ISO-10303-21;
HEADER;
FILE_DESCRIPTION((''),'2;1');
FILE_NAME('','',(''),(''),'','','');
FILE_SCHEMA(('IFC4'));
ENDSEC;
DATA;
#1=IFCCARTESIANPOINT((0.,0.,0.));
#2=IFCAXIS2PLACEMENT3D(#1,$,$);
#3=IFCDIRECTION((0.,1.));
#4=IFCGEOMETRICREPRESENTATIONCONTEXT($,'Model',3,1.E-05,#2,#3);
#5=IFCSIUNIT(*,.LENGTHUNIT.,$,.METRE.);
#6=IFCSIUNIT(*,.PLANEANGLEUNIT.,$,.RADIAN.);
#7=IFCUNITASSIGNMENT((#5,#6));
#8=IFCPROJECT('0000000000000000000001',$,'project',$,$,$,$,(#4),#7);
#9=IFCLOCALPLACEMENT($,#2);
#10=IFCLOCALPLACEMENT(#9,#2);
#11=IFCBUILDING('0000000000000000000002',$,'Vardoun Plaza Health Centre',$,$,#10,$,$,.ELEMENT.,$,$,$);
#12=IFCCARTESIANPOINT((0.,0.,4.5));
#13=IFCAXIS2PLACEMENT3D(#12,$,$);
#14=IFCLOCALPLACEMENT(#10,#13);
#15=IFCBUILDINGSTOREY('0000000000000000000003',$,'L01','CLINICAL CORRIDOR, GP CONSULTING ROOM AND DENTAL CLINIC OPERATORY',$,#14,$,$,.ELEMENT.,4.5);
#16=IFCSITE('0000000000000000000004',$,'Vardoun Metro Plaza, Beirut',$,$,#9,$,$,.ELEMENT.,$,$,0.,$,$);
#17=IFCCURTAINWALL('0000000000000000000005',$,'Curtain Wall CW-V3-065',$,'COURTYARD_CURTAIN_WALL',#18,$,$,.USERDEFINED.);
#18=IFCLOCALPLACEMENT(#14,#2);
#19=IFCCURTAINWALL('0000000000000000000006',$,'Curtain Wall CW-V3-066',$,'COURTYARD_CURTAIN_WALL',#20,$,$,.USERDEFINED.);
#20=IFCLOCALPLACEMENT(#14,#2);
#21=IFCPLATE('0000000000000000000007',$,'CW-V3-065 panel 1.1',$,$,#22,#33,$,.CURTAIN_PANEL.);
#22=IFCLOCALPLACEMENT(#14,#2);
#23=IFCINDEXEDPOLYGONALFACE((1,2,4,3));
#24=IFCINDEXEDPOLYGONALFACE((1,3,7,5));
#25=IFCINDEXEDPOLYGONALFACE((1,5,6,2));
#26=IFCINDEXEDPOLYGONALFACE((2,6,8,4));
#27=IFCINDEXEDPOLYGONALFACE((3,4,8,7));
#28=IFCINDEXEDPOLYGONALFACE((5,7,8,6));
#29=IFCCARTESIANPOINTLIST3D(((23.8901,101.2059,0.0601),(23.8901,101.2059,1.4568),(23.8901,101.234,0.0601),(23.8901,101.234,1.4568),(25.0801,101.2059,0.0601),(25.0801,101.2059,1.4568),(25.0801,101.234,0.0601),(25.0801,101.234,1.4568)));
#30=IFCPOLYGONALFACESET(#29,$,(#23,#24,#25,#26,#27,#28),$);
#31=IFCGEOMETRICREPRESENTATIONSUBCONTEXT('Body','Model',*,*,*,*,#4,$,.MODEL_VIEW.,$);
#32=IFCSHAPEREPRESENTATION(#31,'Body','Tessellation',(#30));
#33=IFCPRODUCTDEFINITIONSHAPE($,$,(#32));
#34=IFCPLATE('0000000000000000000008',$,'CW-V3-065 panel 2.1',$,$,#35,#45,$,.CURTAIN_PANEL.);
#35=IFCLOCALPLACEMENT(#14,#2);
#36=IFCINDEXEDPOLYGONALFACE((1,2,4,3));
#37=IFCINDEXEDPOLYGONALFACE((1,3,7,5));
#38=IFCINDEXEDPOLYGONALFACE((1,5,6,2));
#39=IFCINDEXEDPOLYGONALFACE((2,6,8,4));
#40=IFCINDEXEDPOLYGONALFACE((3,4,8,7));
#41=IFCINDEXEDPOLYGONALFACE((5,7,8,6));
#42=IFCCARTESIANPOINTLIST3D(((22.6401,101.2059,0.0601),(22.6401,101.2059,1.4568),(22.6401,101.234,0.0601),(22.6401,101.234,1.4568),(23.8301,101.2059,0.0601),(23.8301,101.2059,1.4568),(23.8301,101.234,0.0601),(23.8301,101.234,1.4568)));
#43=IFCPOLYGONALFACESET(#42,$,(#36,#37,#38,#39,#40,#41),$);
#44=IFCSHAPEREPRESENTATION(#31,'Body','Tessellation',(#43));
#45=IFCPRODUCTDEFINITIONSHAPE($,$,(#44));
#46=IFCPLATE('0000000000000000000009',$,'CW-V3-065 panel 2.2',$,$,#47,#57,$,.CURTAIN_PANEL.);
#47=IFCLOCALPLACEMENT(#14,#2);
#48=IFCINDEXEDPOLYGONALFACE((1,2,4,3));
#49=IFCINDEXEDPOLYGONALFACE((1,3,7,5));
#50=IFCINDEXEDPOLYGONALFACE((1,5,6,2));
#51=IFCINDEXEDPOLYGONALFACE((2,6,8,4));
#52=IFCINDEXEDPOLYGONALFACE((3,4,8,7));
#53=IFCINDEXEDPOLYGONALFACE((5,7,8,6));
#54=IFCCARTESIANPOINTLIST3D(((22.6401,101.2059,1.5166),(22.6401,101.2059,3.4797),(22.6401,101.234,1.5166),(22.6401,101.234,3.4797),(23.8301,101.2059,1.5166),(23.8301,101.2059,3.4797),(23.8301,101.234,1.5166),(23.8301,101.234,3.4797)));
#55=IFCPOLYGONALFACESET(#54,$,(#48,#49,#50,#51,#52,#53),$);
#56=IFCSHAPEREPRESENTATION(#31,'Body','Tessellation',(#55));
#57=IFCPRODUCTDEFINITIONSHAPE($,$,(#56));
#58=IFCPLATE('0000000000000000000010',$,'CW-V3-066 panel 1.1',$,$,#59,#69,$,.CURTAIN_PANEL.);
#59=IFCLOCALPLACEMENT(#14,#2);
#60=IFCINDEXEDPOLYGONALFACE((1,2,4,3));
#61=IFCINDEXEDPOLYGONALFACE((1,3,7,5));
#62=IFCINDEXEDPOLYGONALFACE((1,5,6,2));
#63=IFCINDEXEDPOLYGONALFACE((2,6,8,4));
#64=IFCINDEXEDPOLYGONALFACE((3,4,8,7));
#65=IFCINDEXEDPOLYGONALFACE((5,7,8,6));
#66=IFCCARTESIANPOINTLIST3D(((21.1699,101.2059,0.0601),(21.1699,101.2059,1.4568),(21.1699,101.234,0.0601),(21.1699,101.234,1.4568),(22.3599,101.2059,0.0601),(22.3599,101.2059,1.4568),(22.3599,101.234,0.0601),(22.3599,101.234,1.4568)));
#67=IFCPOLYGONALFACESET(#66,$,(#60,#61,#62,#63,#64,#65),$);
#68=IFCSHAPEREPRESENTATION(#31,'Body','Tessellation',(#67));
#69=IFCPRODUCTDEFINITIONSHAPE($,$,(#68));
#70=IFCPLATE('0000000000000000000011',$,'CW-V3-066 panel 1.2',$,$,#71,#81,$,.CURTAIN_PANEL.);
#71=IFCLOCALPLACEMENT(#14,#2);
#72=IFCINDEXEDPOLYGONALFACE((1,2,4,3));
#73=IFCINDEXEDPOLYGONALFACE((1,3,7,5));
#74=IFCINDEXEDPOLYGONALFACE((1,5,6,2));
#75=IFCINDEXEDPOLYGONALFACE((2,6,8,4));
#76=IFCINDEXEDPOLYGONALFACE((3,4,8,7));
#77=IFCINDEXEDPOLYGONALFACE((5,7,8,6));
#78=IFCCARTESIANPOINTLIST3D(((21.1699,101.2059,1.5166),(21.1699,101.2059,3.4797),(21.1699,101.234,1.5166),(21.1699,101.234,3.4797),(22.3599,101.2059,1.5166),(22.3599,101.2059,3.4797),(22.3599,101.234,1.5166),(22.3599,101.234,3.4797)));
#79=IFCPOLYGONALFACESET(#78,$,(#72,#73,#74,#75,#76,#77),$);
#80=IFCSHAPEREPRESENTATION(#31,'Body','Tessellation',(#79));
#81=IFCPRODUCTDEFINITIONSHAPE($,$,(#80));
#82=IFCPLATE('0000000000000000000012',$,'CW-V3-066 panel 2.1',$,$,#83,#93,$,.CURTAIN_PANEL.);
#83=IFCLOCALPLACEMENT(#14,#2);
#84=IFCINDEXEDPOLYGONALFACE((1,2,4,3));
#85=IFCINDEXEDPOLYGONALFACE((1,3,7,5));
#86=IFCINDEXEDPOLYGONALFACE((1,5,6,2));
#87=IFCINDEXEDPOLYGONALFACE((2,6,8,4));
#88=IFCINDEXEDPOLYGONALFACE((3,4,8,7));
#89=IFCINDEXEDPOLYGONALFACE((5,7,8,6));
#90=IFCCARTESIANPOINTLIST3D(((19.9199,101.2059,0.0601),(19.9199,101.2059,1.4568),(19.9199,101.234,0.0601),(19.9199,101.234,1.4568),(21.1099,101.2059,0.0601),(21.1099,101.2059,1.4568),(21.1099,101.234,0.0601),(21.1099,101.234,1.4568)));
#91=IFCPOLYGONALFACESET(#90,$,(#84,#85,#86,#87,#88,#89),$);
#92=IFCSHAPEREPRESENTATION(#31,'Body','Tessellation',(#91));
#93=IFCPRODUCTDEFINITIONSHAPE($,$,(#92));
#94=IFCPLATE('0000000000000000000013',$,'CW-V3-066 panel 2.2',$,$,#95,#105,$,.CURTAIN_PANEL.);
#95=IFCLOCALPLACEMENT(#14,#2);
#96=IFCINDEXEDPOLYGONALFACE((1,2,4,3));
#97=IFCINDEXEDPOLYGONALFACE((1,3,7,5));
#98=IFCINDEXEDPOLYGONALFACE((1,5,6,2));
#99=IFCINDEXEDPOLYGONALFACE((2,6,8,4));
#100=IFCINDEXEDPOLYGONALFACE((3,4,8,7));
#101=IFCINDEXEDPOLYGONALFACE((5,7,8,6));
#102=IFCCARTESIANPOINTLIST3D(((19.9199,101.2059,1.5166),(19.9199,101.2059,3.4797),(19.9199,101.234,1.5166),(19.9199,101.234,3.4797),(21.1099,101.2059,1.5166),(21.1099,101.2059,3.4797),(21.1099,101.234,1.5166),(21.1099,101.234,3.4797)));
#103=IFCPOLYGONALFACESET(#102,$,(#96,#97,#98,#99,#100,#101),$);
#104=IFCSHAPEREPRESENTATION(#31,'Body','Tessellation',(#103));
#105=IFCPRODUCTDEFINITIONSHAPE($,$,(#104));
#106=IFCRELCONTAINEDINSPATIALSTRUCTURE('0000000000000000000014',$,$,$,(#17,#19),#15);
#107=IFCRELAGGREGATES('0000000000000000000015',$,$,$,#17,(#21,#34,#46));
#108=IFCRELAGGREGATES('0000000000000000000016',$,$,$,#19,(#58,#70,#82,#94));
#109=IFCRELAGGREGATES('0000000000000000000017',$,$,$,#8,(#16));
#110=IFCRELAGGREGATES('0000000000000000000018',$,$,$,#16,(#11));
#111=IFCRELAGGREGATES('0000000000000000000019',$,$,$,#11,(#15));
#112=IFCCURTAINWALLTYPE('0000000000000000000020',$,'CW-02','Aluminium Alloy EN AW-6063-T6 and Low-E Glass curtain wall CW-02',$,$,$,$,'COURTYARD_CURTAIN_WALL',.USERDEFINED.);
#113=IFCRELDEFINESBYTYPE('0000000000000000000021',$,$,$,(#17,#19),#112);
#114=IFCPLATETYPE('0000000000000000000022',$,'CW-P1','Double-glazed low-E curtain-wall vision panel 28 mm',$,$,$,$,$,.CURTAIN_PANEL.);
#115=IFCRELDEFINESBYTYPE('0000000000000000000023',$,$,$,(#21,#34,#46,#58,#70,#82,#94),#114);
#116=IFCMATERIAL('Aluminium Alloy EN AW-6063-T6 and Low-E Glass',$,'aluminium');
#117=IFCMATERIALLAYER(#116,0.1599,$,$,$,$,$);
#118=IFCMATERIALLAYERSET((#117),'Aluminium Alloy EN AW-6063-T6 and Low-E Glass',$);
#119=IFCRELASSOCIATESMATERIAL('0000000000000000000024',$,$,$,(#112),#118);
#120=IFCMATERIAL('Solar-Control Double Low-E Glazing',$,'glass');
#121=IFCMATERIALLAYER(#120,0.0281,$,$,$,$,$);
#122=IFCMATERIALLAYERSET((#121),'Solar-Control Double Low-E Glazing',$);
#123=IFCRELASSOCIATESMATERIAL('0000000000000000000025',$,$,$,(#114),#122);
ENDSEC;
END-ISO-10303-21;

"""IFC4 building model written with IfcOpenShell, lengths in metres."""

from ifc_helpers import new_model, si_unit, direction, frame, origin, origin_2d, place, context, subcontext, project, spatial, rectangle, extrude, material, layer, layer_set, type_object, element, aggregate, save


model = new_model("IFC4")

# Units and contexts
model_context = context("Model", 3, precision=1e-05, world=origin(), true_north=direction((0.0, 1.0)))
body_context = subcontext(model_context, "Body", "Model", "MODEL_VIEW")
ifc_project = project(units=[si_unit("LENGTHUNIT", "METRE"), si_unit("PLANEANGLEUNIT", "RADIAN")], contexts=[model_context])

# Site, building, storey
site_placement = place(None, origin())
site = spatial("IfcSite", under=ifc_project, at=site_placement, Name="Vardoun Metro Plaza, Beirut", CompositionType="ELEMENT", RefElevation=0.0)
building_placement = place(site_placement, origin())
building = spatial("IfcBuilding", under=site, at=building_placement, Name="Vardoun Plaza Health Centre", CompositionType="ELEMENT")
storey_placement = place(building_placement, frame((0.0, 0.0, 4.5)))
storey = spatial("IfcBuildingStorey", under=building, at=storey_placement, Name="L01", Description="CLINICAL CORRIDOR, GP CONSULTING ROOM AND DENTAL CLINIC OPERATORY", CompositionType="ELEMENT", Elevation=4.5)

# Curtain walls
ifc_material_1 = material(Name="Aluminium Alloy EN AW-6063-T6 and Low-E Glass", Category="aluminium")
ifc_layer_1 = layer(ifc_material_1, 0.1599)
ifc_layer_set_1 = layer_set([ifc_layer_1], Name="Aluminium Alloy EN AW-6063-T6 and Low-E Glass")
curtain_wall_type = type_object("IfcCurtainWallType", Name="CW-02", Description="Aluminium Alloy EN AW-6063-T6 and Low-E Glass curtain wall CW-02", ElementType="COURTYARD_CURTAIN_WALL", PredefinedType="USERDEFINED", material=ifc_layer_set_1)
curtain_wall_1_placement = place(storey_placement, origin())
curtain_wall_1 = element("IfcCurtainWall", 1, at=curtain_wall_1_placement, inside=storey, type_object=curtain_wall_type, Name="Curtain Wall CW-V3-065", ObjectType="COURTYARD_CURTAIN_WALL", PredefinedType="USERDEFINED")
curtain_wall_2_placement = place(storey_placement, origin())
curtain_wall_2 = element("IfcCurtainWall", 2, at=curtain_wall_2_placement, inside=storey, type_object=curtain_wall_type, Name="Curtain Wall CW-V3-066", ObjectType="COURTYARD_CURTAIN_WALL", PredefinedType="USERDEFINED")

# Plates
ifc_material_2 = material(Name="Solar-Control Double Low-E Glazing", Category="glass")
ifc_layer_2 = layer(ifc_material_2, 0.0281)
ifc_layer_set_2 = layer_set([ifc_layer_2], Name="Solar-Control Double Low-E Glazing")
plate_type = type_object("IfcPlateType", Name="CW-P1", Description="Double-glazed low-E curtain-wall vision panel 28 mm", PredefinedType="CURTAIN_PANEL", material=ifc_layer_set_2)
plate_1_placement = place(storey_placement, frame((24.4851, 101.22, 0.0601), z_axis=(0.0, 0.0, 1.0), x_axis=(-1.0, 0.0, 0.0)))
plate_1 = element("IfcPlate", 3, at=plate_1_placement, type_object=plate_type, Name="CW-V3-065 panel 1.1", PredefinedType="CURTAIN_PANEL", context=body_context, shape_type="SweptSolid", body=[
    extrude(rectangle(XDim=1.1899, YDim=0.0281, at=origin_2d()), origin(), (0.0, 0.0, 1.0), 1.3967),
])
plate_2_placement = place(storey_placement, frame((23.2351, 101.22, 0.0601), z_axis=(0.0, 0.0, 1.0), x_axis=(-1.0, 0.0, 0.0)))
plate_2 = element("IfcPlate", 4, at=plate_2_placement, type_object=plate_type, Name="CW-V3-065 panel 2.1", PredefinedType="CURTAIN_PANEL", context=body_context, shape_type="SweptSolid", body=[
    extrude(rectangle(XDim=1.1899, YDim=0.0281, at=origin_2d()), origin(), (0.0, 0.0, 1.0), 1.3967),
])
plate_3_placement = place(storey_placement, frame((23.2351, 101.22, 1.5166), z_axis=(0.0, 0.0, 1.0), x_axis=(-1.0, 0.0, 0.0)))
plate_3 = element("IfcPlate", 5, at=plate_3_placement, type_object=plate_type, Name="CW-V3-065 panel 2.2", PredefinedType="CURTAIN_PANEL", context=body_context, shape_type="SweptSolid", body=[
    extrude(rectangle(XDim=1.1899, YDim=0.0281, at=origin_2d()), origin(), (0.0, 0.0, 1.0), 1.9631),
])
aggregate(curtain_wall_1, [plate_1, plate_2, plate_3])
plate_4_placement = place(storey_placement, frame((21.7649, 101.22, 0.0601), z_axis=(0.0, 0.0, 1.0), x_axis=(-1.0, 0.0, 0.0)))
plate_4 = element("IfcPlate", 6, at=plate_4_placement, type_object=plate_type, Name="CW-V3-066 panel 1.1", PredefinedType="CURTAIN_PANEL", context=body_context, shape_type="SweptSolid", body=[
    extrude(rectangle(XDim=1.1899, YDim=0.0281, at=origin_2d()), origin(), (0.0, 0.0, 1.0), 1.3967),
])
plate_5_placement = place(storey_placement, frame((21.7649, 101.22, 1.5166), z_axis=(0.0, 0.0, 1.0), x_axis=(-1.0, 0.0, 0.0)))
plate_5 = element("IfcPlate", 7, at=plate_5_placement, type_object=plate_type, Name="CW-V3-066 panel 1.2", PredefinedType="CURTAIN_PANEL", context=body_context, shape_type="SweptSolid", body=[
    extrude(rectangle(XDim=1.1899, YDim=0.0281, at=origin_2d()), origin(), (0.0, 0.0, 1.0), 1.9631),
])
plate_6_placement = place(storey_placement, frame((20.5149, 101.22, 0.0601), z_axis=(0.0, 0.0, 1.0), x_axis=(-1.0, 0.0, 0.0)))
plate_6 = element("IfcPlate", 8, at=plate_6_placement, type_object=plate_type, Name="CW-V3-066 panel 2.1", PredefinedType="CURTAIN_PANEL", context=body_context, shape_type="SweptSolid", body=[
    extrude(rectangle(XDim=1.1899, YDim=0.0281, at=origin_2d()), origin(), (0.0, 0.0, 1.0), 1.3967),
])
plate_7_placement = place(storey_placement, frame((20.5149, 101.22, 1.5166), z_axis=(0.0, 0.0, 1.0), x_axis=(-1.0, 0.0, 0.0)))
plate_7 = element("IfcPlate", 9, at=plate_7_placement, type_object=plate_type, Name="CW-V3-066 panel 2.2", PredefinedType="CURTAIN_PANEL", context=body_context, shape_type="SweptSolid", body=[
    extrude(rectangle(XDim=1.1899, YDim=0.0281, at=origin_2d()), origin(), (0.0, 0.0, 1.0), 1.9631),
])
aggregate(curtain_wall_2, [plate_4, plate_5, plate_6, plate_7])

save(model, "model.ifc")
